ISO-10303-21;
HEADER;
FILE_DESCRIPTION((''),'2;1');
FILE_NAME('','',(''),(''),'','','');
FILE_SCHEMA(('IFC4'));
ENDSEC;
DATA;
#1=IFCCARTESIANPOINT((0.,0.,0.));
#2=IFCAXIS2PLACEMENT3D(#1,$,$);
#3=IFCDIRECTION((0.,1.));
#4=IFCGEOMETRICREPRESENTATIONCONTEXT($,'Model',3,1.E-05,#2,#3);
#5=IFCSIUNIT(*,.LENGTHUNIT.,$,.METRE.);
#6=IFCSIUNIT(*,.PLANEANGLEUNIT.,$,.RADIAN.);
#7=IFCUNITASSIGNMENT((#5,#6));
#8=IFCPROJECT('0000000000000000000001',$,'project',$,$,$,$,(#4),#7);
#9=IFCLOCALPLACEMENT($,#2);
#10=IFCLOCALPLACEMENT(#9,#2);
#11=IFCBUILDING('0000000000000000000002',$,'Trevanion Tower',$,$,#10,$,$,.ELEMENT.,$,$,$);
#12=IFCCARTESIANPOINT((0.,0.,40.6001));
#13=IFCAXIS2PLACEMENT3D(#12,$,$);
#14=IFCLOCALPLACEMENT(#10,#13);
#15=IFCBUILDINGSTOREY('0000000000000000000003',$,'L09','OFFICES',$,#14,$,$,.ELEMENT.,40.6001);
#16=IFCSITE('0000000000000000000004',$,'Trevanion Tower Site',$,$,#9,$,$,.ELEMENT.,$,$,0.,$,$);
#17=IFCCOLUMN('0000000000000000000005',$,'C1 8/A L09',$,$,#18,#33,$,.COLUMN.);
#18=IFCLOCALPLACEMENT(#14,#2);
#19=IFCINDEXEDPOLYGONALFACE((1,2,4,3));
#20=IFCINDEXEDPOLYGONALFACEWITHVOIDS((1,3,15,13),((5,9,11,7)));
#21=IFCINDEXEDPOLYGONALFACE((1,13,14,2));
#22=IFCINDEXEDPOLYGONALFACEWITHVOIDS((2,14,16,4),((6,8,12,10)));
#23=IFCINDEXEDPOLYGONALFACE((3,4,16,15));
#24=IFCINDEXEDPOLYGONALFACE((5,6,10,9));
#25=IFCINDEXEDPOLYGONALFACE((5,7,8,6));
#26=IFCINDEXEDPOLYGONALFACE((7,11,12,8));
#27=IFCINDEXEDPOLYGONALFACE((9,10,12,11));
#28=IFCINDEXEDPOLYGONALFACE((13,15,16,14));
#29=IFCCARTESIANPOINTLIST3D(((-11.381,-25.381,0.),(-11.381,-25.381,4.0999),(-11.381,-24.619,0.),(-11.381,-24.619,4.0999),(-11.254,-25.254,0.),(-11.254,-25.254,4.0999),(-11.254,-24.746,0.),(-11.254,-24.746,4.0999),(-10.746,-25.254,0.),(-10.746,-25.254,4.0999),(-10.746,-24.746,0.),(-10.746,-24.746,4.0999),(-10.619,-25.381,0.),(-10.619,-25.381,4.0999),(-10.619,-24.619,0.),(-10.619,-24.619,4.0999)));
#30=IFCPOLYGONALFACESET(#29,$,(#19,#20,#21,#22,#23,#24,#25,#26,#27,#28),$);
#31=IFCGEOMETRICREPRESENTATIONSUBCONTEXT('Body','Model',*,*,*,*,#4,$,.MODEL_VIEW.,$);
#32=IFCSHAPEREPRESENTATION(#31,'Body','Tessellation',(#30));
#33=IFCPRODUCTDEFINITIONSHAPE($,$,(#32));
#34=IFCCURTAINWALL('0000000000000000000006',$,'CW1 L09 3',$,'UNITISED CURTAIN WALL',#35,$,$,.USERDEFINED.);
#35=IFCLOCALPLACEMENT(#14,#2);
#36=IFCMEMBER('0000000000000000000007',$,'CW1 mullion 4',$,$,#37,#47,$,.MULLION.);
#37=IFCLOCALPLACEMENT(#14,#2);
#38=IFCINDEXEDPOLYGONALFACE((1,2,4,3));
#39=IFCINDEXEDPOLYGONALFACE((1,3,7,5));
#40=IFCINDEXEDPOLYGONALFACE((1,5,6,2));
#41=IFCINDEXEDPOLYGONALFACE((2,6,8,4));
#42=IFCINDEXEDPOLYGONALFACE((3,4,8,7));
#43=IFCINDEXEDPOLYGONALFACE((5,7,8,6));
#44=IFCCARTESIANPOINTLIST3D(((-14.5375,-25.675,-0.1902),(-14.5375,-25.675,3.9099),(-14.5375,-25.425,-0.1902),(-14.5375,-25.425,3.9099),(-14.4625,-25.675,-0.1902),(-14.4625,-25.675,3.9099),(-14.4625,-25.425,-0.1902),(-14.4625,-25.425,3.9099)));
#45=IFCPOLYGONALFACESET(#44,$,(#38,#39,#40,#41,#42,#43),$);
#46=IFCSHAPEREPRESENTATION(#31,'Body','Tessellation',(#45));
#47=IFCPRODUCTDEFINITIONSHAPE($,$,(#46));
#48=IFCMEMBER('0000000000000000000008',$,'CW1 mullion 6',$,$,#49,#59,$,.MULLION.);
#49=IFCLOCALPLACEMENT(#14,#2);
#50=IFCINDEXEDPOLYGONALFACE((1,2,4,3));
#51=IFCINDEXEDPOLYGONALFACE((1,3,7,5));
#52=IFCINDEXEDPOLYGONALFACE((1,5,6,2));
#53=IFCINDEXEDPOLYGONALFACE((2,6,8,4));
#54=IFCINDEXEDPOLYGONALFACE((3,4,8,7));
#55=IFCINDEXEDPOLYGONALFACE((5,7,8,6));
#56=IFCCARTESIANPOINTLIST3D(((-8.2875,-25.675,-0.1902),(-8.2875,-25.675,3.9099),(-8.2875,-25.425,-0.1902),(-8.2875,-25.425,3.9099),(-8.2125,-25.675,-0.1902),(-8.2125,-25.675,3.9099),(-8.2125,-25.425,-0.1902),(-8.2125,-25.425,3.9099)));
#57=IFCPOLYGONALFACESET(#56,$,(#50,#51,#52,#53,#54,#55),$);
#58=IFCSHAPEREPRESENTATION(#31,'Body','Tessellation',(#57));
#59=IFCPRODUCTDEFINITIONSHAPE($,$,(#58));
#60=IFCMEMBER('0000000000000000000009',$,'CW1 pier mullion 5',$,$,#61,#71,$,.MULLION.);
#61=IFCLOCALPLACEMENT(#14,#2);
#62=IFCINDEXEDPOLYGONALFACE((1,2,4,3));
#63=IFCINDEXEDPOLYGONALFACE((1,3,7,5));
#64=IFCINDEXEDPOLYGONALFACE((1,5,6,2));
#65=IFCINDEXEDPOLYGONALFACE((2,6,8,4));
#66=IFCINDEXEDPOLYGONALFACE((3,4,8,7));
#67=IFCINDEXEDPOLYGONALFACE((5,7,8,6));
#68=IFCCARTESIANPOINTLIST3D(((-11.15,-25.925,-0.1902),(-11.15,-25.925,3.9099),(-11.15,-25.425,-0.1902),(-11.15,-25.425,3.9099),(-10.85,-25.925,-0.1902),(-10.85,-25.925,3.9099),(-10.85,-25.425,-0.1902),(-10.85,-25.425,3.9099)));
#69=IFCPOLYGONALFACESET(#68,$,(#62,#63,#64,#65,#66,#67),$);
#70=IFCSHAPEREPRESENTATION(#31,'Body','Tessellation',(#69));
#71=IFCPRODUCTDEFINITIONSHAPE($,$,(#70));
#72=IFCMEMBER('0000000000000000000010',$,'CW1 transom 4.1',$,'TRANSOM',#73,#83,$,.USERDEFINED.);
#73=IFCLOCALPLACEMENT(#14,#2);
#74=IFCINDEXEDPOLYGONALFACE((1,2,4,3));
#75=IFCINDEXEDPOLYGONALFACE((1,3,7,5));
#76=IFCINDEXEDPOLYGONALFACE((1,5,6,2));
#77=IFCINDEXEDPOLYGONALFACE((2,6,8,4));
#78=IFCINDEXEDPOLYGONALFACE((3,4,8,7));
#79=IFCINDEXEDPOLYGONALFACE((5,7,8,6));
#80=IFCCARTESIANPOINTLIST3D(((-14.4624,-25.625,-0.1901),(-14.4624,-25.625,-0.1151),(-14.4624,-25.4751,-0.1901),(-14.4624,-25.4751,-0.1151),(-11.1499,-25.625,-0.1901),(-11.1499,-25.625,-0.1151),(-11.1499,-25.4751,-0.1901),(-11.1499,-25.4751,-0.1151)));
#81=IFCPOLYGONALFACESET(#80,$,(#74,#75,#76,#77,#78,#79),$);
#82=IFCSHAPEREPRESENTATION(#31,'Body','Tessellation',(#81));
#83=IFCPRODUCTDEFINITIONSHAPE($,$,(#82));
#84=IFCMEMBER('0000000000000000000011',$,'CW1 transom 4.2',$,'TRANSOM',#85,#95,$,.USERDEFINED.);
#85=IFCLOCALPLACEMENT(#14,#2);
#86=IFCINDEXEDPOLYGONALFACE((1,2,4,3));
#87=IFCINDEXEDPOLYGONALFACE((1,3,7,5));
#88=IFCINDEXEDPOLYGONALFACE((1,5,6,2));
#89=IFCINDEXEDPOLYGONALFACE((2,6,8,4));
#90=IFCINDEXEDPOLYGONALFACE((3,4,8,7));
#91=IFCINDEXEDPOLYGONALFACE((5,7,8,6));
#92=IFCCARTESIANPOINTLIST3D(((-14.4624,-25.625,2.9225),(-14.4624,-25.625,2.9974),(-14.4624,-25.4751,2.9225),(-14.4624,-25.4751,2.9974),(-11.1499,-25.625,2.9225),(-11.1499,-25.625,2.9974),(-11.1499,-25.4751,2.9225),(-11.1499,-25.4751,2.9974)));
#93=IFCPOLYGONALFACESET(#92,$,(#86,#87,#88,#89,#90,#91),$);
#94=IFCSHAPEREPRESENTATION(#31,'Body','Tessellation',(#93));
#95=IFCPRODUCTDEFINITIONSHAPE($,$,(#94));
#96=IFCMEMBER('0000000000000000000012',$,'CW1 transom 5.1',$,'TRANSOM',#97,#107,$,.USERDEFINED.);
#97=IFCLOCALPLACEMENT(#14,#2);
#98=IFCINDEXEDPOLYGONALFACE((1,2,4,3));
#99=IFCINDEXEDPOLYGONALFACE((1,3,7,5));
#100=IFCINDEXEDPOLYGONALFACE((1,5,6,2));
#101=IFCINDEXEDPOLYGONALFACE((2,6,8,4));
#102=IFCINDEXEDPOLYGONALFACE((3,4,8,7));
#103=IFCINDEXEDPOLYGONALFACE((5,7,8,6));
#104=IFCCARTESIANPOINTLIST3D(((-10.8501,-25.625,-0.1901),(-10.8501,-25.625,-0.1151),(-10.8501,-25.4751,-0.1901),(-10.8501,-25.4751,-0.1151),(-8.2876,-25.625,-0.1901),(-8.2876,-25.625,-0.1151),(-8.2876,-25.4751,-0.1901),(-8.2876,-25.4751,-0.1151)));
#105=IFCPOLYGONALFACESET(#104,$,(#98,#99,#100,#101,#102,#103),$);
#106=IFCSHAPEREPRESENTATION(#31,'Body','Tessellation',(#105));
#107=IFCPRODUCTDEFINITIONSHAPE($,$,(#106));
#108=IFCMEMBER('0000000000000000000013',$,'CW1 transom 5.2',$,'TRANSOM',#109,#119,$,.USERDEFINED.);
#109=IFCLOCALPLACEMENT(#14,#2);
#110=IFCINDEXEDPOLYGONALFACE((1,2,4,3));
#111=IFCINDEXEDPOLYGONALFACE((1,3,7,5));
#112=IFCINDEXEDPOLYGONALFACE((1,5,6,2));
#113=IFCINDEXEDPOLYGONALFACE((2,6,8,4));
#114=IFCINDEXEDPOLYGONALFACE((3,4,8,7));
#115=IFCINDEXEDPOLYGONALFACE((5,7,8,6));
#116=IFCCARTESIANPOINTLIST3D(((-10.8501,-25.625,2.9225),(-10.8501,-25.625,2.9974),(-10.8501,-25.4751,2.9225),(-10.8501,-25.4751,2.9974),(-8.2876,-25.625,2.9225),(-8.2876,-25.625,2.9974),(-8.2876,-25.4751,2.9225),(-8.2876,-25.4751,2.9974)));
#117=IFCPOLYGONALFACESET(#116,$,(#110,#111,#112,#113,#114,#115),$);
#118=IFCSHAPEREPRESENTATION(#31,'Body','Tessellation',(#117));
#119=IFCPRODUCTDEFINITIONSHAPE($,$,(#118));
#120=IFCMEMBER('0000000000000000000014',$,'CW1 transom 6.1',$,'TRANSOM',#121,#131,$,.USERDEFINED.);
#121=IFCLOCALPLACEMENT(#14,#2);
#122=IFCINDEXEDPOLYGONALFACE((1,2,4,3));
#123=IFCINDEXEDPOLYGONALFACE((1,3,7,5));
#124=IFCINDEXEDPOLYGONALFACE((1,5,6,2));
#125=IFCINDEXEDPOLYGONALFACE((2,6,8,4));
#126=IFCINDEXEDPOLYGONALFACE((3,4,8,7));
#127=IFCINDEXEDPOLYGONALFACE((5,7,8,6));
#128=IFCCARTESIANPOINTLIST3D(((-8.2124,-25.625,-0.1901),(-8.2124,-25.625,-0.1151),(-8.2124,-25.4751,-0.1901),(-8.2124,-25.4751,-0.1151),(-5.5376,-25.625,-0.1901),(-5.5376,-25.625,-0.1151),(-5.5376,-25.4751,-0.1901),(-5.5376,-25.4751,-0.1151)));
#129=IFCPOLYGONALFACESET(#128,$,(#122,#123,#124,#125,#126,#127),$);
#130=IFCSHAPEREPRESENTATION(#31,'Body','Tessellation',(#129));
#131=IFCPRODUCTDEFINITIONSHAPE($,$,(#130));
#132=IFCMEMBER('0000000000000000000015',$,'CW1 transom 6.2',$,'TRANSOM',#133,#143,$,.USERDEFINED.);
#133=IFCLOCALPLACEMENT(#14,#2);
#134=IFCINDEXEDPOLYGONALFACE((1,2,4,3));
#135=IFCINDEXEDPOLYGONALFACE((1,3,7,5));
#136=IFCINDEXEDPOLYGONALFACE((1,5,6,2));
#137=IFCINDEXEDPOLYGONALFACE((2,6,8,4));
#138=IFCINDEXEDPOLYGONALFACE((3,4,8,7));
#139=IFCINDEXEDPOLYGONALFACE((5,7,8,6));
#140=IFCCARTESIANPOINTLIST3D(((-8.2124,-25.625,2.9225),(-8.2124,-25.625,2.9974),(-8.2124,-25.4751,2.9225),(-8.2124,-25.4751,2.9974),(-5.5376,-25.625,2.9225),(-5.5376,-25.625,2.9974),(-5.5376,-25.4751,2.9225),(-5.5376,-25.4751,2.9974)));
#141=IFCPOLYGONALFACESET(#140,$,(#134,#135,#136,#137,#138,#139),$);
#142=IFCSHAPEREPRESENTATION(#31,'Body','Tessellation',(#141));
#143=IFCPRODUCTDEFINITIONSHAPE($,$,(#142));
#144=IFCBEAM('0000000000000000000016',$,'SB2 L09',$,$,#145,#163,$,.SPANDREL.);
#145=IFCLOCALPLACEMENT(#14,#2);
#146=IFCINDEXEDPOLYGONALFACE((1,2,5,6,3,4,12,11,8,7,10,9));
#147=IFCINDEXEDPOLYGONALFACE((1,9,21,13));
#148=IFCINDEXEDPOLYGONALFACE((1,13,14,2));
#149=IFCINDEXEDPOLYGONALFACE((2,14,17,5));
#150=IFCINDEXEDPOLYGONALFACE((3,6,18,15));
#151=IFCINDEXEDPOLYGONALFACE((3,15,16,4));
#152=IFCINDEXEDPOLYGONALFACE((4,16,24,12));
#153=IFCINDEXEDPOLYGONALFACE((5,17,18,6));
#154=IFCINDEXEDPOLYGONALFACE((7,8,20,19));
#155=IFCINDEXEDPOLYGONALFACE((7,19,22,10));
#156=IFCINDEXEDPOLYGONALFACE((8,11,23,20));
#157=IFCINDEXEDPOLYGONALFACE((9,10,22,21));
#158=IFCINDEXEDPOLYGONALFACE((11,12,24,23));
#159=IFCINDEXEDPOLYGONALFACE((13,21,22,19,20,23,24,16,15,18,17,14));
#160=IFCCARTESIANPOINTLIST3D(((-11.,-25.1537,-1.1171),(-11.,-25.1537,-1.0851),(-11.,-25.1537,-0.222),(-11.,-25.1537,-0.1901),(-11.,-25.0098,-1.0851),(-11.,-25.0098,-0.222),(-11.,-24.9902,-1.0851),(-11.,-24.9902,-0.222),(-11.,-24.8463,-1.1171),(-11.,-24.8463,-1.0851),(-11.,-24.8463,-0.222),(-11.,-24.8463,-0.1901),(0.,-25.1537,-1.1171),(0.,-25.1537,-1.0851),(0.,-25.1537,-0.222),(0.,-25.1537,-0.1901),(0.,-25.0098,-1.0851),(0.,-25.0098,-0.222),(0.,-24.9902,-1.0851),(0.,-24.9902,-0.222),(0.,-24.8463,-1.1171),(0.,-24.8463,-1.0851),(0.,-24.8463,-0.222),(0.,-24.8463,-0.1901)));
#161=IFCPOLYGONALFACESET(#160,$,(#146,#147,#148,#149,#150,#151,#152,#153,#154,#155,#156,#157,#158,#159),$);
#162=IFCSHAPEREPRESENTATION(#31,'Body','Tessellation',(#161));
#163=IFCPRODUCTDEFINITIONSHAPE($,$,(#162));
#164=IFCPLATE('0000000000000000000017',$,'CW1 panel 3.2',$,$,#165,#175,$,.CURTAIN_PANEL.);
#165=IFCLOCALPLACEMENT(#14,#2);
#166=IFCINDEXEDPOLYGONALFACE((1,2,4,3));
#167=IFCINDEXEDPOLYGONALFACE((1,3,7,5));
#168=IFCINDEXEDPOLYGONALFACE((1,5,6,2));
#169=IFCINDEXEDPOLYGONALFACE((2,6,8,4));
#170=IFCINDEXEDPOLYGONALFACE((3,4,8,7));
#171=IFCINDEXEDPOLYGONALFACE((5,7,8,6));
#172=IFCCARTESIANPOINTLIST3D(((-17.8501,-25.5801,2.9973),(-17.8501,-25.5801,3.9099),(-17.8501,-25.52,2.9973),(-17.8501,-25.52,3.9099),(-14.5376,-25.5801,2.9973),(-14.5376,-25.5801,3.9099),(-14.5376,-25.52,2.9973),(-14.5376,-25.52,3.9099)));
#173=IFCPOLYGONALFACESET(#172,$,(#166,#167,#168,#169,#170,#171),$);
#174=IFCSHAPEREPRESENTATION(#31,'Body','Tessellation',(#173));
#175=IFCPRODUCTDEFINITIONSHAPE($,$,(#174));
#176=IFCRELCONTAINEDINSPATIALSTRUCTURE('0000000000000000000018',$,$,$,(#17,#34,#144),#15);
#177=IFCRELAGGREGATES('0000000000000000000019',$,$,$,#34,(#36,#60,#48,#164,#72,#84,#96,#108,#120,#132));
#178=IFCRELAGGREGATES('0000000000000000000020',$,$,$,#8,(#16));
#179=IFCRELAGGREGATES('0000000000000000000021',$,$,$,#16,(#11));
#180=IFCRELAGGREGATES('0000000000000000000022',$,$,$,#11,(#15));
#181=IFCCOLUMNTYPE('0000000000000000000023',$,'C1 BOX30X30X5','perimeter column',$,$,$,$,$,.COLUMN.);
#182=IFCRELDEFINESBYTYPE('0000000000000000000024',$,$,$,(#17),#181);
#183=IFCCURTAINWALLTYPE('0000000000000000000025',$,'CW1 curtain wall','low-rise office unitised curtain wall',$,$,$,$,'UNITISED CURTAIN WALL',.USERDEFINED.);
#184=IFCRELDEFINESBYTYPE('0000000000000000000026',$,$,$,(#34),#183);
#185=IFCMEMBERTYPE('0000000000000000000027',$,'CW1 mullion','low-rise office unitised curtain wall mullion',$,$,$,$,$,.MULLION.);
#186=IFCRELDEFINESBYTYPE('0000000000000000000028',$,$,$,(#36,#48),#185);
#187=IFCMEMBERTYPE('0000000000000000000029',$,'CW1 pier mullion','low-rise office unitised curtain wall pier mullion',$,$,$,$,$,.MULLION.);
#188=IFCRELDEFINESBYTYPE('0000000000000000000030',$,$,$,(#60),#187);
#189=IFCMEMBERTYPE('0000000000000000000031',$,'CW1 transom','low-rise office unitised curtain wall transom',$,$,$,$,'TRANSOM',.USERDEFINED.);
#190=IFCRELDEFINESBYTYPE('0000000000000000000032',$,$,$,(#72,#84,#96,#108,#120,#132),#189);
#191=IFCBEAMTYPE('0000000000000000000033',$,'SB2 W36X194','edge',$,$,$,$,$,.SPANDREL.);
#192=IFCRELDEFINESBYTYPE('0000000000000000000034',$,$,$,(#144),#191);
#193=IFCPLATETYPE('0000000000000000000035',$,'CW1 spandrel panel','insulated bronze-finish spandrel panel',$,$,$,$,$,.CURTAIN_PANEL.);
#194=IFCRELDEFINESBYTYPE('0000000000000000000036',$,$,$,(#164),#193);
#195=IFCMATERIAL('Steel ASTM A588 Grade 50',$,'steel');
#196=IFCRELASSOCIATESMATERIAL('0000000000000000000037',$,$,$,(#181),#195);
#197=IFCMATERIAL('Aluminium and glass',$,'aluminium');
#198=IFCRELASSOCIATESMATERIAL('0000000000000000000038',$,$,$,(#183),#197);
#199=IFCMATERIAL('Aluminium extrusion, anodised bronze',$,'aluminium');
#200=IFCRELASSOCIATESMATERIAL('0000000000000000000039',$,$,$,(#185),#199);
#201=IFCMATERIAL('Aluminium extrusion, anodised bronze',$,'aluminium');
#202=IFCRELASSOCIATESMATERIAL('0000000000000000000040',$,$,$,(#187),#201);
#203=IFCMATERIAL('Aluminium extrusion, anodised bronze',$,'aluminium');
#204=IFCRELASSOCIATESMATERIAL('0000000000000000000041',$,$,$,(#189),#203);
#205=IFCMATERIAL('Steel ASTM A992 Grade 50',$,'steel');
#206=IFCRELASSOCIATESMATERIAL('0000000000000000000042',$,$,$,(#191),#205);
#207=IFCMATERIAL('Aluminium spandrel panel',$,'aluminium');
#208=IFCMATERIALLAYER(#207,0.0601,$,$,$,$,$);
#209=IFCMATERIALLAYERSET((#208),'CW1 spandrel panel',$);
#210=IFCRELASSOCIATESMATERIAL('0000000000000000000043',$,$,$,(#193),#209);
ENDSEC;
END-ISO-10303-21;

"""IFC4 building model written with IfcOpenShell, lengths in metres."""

from ifc_helpers import new_model, si_unit, direction, frame, origin, origin_2d, place, context, subcontext, project, spatial, rectangle, hollow_rectangle, i_section, extrude, material, layer, layer_set, material_profile, profile_set, type_object, element, aggregate, save


model = new_model("IFC4")

# Units and contexts
model_context = context("Model", 3, precision=1e-05, world=origin(), true_north=direction((0.0, 1.0)))
body_context = subcontext(model_context, "Body", "Model", "MODEL_VIEW")
ifc_project = project(units=[si_unit("LENGTHUNIT", "METRE"), si_unit("PLANEANGLEUNIT", "RADIAN")], contexts=[model_context])

# Site, building, storey
site_placement = place(None, origin())
site = spatial("IfcSite", under=ifc_project, at=site_placement, Name="Trevanion Tower Site", CompositionType="ELEMENT", RefElevation=0.0)
building_placement = place(site_placement, origin())
building = spatial("IfcBuilding", under=site, at=building_placement, Name="Trevanion Tower", CompositionType="ELEMENT")
storey_placement = place(building_placement, frame((0.0, 0.0, 40.6001)))
storey = spatial("IfcBuildingStorey", under=building, at=storey_placement, Name="L09", Description="OFFICES", CompositionType="ELEMENT", Elevation=40.6001)

# Column
ifc_material_1 = material(Name="Steel ASTM A588 Grade 50", Category="steel")
ifc_material_profile_1 = material_profile(ifc_material_1, hollow_rectangle(XDim=0.762, YDim=0.762, WallThickness=0.127, at=origin_2d()), Name="BOX30X30X5")
ifc_profile_set_1 = profile_set([ifc_material_profile_1], Name="Steel ASTM A588 Grade 50")
column_type = type_object("IfcColumnType", Name="C1 BOX30X30X5", Description="perimeter column", PredefinedType="COLUMN", material=ifc_profile_set_1)
column_placement = place(storey_placement, frame((-11.0, -25.0, 0.0), z_axis=(0.0, 0.0, 1.0), x_axis=(1.0, 0.0, 0.0)))
element("IfcColumn", 1, at=column_placement, inside=storey, type_object=column_type, Name="C1 8/A L09", PredefinedType="COLUMN", context=body_context, shape_type="SweptSolid", body=[
    extrude(hollow_rectangle(XDim=0.762, YDim=0.762, WallThickness=0.127, at=origin_2d()), origin(), (0.0, 0.0, 1.0), 4.0999),
])

# Curtain wall, members
ifc_material_2 = material(Name="Aluminium and glass", Category="aluminium")
curtain_wall_type = type_object("IfcCurtainWallType", Name="CW1 curtain wall", Description="low-rise office unitised curtain wall", ElementType="UNITISED CURTAIN WALL", PredefinedType="USERDEFINED", material=ifc_material_2)
curtain_wall_placement = place(storey_placement, origin())
curtain_wall = element("IfcCurtainWall", 2, at=curtain_wall_placement, inside=storey, type_object=curtain_wall_type, Name="CW1 L09 3", ObjectType="UNITISED CURTAIN WALL", PredefinedType="USERDEFINED")
ifc_material_3 = material(Name="Aluminium extrusion, anodised bronze", Category="aluminium")
ifc_material_profile_2 = material_profile(ifc_material_3, rectangle(XDim=0.075, YDim=0.25, at=origin_2d()), Name="CW1 mullion")
ifc_profile_set_2 = profile_set([ifc_material_profile_2], Name="Aluminium extrusion, anodised bronze")
member_type_1 = type_object("IfcMemberType", Name="CW1 mullion", Description="low-rise office unitised curtain wall mullion", PredefinedType="MULLION", material=ifc_profile_set_2)
member_1_placement = place(storey_placement, frame((-14.5, -25.55, -0.1902), z_axis=(0.0, 0.0, 1.0), x_axis=(1.0, 0.0, 0.0)))
member_1 = element("IfcMember", 3, at=member_1_placement, type_object=member_type_1, Name="CW1 mullion 4", PredefinedType="MULLION", context=body_context, shape_type="SweptSolid", body=[
    extrude(rectangle(XDim=0.075, YDim=0.25, at=origin_2d()), origin(), (0.0, 0.0, 1.0), 4.1001),
])
member_2_placement = place(storey_placement, frame((-8.25, -25.55, -0.1902), z_axis=(0.0, 0.0, 1.0), x_axis=(1.0, 0.0, 0.0)))
member_2 = element("IfcMember", 4, at=member_2_placement, type_object=member_type_1, Name="CW1 mullion 6", PredefinedType="MULLION", context=body_context, shape_type="SweptSolid", body=[
    extrude(rectangle(XDim=0.075, YDim=0.25, at=origin_2d()), origin(), (0.0, 0.0, 1.0), 4.1001),
])
ifc_material_4 = material(Name="Aluminium extrusion, anodised bronze", Category="aluminium")
ifc_material_profile_3 = material_profile(ifc_material_4, rectangle(XDim=0.3, YDim=0.5, at=origin_2d()), Name="CW1 pier mullion")
ifc_profile_set_3 = profile_set([ifc_material_profile_3], Name="Aluminium extrusion, anodised bronze")
member_type_2 = type_object("IfcMemberType", Name="CW1 pier mullion", Description="low-rise office unitised curtain wall pier mullion", PredefinedType="MULLION", material=ifc_profile_set_3)
member_3_placement = place(storey_placement, frame((-11.0, -25.675, -0.1902), z_axis=(0.0, 0.0, 1.0), x_axis=(1.0, 0.0, 0.0)))
member_3 = element("IfcMember", 5, at=member_3_placement, type_object=member_type_2, Name="CW1 pier mullion 5", PredefinedType="MULLION", context=body_context, shape_type="SweptSolid", body=[
    extrude(rectangle(XDim=0.3, YDim=0.5, at=origin_2d()), origin(), (0.0, 0.0, 1.0), 4.1001),
])
ifc_material_5 = material(Name="Aluminium extrusion, anodised bronze", Category="aluminium")
ifc_material_profile_4 = material_profile(ifc_material_5, rectangle(XDim=0.1499, YDim=0.075, at=origin_2d()), Name="CW1 transom")
ifc_profile_set_4 = profile_set([ifc_material_profile_4], Name="Aluminium extrusion, anodised bronze")
member_type_3 = type_object("IfcMemberType", Name="CW1 transom", Description="low-rise office unitised curtain wall transom", ElementType="TRANSOM", PredefinedType="USERDEFINED", material=ifc_profile_set_4)
member_4_placement = place(storey_placement, frame((-14.4624, -25.55, -0.1526), z_axis=(1.0, 0.0, 0.0), x_axis=(0.0, 1.0, 0.0)))
member_4 = element("IfcMember", 6, at=member_4_placement, type_object=member_type_3, Name="CW1 transom 4.1", ObjectType="TRANSOM", PredefinedType="USERDEFINED", context=body_context, shape_type="SweptSolid", body=[
    extrude(rectangle(XDim=0.1499, YDim=0.075, at=origin_2d()), origin(), (0.0, 0.0, 1.0), 3.3125),
])
member_5_placement = place(storey_placement, frame((-14.4624, -25.55, 2.96), z_axis=(1.0, 0.0, 0.0), x_axis=(0.0, 1.0, 0.0)))
member_5 = element("IfcMember", 7, at=member_5_placement, type_object=member_type_3, Name="CW1 transom 4.2", ObjectType="TRANSOM", PredefinedType="USERDEFINED", context=body_context, shape_type="SweptSolid", body=[
    extrude(rectangle(XDim=0.1499, YDim=0.075, at=origin_2d()), origin(), (0.0, 0.0, 1.0), 3.3125),
])
member_6_placement = place(storey_placement, frame((-10.8501, -25.55, -0.1526), z_axis=(1.0, 0.0, 0.0), x_axis=(0.0, 1.0, 0.0)))
member_6 = element("IfcMember", 8, at=member_6_placement, type_object=member_type_3, Name="CW1 transom 5.1", ObjectType="TRANSOM", PredefinedType="USERDEFINED", context=body_context, shape_type="SweptSolid", body=[
    extrude(rectangle(XDim=0.1499, YDim=0.075, at=origin_2d()), origin(), (0.0, 0.0, 1.0), 2.5625),
])
member_7_placement = place(storey_placement, frame((-10.8501, -25.55, 2.96), z_axis=(1.0, 0.0, 0.0), x_axis=(0.0, 1.0, 0.0)))
member_7 = element("IfcMember", 9, at=member_7_placement, type_object=member_type_3, Name="CW1 transom 5.2", ObjectType="TRANSOM", PredefinedType="USERDEFINED", context=body_context, shape_type="SweptSolid", body=[
    extrude(rectangle(XDim=0.1499, YDim=0.075, at=origin_2d()), origin(), (0.0, 0.0, 1.0), 2.5625),
])
member_8_placement = place(storey_placement, frame((-8.2124, -25.55, -0.1526), z_axis=(1.0, 0.0, 0.0), x_axis=(0.0, 1.0, 0.0)))
member_8 = element("IfcMember", 10, at=member_8_placement, type_object=member_type_3, Name="CW1 transom 6.1", ObjectType="TRANSOM", PredefinedType="USERDEFINED", context=body_context, shape_type="SweptSolid", body=[
    extrude(rectangle(XDim=0.1499, YDim=0.075, at=origin_2d()), origin(), (0.0, 0.0, 1.0), 2.6748),
])
member_9_placement = place(storey_placement, frame((-8.2124, -25.55, 2.96), z_axis=(1.0, 0.0, 0.0), x_axis=(0.0, 1.0, 0.0)))
member_9 = element("IfcMember", 11, at=member_9_placement, type_object=member_type_3, Name="CW1 transom 6.2", ObjectType="TRANSOM", PredefinedType="USERDEFINED", context=body_context, shape_type="SweptSolid", body=[
    extrude(rectangle(XDim=0.1499, YDim=0.075, at=origin_2d()), origin(), (0.0, 0.0, 1.0), 2.6748),
])

# Beam
ifc_material_6 = material(Name="Steel ASTM A992 Grade 50", Category="steel")
ifc_material_profile_5 = material_profile(ifc_material_6, i_section(OverallWidth=0.3074, OverallDepth=0.927, WebThickness=0.0195, FlangeThickness=0.032, at=origin_2d()), Name="W36X194")
ifc_profile_set_5 = profile_set([ifc_material_profile_5], Name="Steel ASTM A992 Grade 50")
beam_type = type_object("IfcBeamType", Name="SB2 W36X194", Description="edge", PredefinedType="SPANDREL", material=ifc_profile_set_5)
beam_placement = place(storey_placement, frame((-11.0, -25.0, -0.6536), z_axis=(1.0, 0.0, 0.0), x_axis=(0.0, 1.0, 0.0)))
element("IfcBeam", 12, at=beam_placement, inside=storey, type_object=beam_type, Name="SB2 L09", PredefinedType="SPANDREL", context=body_context, shape_type="SweptSolid", body=[
    extrude(i_section(OverallWidth=0.3074, OverallDepth=0.927, WebThickness=0.0195, FlangeThickness=0.032, at=origin_2d()), origin(), (0.0, 0.0, 1.0), 11.0),
])

# Plate
ifc_material_7 = material(Name="Aluminium spandrel panel", Category="aluminium")
ifc_layer_1 = layer(ifc_material_7, 0.0601)
ifc_layer_set_1 = layer_set([ifc_layer_1], Name="CW1 spandrel panel")
plate_type_1 = type_object("IfcPlateType", Name="CW1 spandrel panel", Description="insulated bronze-finish spandrel panel", PredefinedType="CURTAIN_PANEL", material=ifc_layer_set_1)
plate_1_placement = place(storey_placement, frame((-16.1938, -25.55, 2.9973), z_axis=(0.0, 0.0, 1.0), x_axis=(1.0, 0.0, 0.0)))
plate_1 = element("IfcPlate", 13, at=plate_1_placement, type_object=plate_type_1, Name="CW1 panel 3.2", PredefinedType="CURTAIN_PANEL", context=body_context, shape_type="SweptSolid", body=[
    extrude(rectangle(XDim=3.3125, YDim=0.0601, at=origin_2d()), origin(), (0.0, 0.0, 1.0), 0.9126),
])
aggregate(curtain_wall, [member_1, member_3, member_2, plate_1, member_4, member_5, member_6, member_7, member_8, member_9])

save(model, "model.ifc")
